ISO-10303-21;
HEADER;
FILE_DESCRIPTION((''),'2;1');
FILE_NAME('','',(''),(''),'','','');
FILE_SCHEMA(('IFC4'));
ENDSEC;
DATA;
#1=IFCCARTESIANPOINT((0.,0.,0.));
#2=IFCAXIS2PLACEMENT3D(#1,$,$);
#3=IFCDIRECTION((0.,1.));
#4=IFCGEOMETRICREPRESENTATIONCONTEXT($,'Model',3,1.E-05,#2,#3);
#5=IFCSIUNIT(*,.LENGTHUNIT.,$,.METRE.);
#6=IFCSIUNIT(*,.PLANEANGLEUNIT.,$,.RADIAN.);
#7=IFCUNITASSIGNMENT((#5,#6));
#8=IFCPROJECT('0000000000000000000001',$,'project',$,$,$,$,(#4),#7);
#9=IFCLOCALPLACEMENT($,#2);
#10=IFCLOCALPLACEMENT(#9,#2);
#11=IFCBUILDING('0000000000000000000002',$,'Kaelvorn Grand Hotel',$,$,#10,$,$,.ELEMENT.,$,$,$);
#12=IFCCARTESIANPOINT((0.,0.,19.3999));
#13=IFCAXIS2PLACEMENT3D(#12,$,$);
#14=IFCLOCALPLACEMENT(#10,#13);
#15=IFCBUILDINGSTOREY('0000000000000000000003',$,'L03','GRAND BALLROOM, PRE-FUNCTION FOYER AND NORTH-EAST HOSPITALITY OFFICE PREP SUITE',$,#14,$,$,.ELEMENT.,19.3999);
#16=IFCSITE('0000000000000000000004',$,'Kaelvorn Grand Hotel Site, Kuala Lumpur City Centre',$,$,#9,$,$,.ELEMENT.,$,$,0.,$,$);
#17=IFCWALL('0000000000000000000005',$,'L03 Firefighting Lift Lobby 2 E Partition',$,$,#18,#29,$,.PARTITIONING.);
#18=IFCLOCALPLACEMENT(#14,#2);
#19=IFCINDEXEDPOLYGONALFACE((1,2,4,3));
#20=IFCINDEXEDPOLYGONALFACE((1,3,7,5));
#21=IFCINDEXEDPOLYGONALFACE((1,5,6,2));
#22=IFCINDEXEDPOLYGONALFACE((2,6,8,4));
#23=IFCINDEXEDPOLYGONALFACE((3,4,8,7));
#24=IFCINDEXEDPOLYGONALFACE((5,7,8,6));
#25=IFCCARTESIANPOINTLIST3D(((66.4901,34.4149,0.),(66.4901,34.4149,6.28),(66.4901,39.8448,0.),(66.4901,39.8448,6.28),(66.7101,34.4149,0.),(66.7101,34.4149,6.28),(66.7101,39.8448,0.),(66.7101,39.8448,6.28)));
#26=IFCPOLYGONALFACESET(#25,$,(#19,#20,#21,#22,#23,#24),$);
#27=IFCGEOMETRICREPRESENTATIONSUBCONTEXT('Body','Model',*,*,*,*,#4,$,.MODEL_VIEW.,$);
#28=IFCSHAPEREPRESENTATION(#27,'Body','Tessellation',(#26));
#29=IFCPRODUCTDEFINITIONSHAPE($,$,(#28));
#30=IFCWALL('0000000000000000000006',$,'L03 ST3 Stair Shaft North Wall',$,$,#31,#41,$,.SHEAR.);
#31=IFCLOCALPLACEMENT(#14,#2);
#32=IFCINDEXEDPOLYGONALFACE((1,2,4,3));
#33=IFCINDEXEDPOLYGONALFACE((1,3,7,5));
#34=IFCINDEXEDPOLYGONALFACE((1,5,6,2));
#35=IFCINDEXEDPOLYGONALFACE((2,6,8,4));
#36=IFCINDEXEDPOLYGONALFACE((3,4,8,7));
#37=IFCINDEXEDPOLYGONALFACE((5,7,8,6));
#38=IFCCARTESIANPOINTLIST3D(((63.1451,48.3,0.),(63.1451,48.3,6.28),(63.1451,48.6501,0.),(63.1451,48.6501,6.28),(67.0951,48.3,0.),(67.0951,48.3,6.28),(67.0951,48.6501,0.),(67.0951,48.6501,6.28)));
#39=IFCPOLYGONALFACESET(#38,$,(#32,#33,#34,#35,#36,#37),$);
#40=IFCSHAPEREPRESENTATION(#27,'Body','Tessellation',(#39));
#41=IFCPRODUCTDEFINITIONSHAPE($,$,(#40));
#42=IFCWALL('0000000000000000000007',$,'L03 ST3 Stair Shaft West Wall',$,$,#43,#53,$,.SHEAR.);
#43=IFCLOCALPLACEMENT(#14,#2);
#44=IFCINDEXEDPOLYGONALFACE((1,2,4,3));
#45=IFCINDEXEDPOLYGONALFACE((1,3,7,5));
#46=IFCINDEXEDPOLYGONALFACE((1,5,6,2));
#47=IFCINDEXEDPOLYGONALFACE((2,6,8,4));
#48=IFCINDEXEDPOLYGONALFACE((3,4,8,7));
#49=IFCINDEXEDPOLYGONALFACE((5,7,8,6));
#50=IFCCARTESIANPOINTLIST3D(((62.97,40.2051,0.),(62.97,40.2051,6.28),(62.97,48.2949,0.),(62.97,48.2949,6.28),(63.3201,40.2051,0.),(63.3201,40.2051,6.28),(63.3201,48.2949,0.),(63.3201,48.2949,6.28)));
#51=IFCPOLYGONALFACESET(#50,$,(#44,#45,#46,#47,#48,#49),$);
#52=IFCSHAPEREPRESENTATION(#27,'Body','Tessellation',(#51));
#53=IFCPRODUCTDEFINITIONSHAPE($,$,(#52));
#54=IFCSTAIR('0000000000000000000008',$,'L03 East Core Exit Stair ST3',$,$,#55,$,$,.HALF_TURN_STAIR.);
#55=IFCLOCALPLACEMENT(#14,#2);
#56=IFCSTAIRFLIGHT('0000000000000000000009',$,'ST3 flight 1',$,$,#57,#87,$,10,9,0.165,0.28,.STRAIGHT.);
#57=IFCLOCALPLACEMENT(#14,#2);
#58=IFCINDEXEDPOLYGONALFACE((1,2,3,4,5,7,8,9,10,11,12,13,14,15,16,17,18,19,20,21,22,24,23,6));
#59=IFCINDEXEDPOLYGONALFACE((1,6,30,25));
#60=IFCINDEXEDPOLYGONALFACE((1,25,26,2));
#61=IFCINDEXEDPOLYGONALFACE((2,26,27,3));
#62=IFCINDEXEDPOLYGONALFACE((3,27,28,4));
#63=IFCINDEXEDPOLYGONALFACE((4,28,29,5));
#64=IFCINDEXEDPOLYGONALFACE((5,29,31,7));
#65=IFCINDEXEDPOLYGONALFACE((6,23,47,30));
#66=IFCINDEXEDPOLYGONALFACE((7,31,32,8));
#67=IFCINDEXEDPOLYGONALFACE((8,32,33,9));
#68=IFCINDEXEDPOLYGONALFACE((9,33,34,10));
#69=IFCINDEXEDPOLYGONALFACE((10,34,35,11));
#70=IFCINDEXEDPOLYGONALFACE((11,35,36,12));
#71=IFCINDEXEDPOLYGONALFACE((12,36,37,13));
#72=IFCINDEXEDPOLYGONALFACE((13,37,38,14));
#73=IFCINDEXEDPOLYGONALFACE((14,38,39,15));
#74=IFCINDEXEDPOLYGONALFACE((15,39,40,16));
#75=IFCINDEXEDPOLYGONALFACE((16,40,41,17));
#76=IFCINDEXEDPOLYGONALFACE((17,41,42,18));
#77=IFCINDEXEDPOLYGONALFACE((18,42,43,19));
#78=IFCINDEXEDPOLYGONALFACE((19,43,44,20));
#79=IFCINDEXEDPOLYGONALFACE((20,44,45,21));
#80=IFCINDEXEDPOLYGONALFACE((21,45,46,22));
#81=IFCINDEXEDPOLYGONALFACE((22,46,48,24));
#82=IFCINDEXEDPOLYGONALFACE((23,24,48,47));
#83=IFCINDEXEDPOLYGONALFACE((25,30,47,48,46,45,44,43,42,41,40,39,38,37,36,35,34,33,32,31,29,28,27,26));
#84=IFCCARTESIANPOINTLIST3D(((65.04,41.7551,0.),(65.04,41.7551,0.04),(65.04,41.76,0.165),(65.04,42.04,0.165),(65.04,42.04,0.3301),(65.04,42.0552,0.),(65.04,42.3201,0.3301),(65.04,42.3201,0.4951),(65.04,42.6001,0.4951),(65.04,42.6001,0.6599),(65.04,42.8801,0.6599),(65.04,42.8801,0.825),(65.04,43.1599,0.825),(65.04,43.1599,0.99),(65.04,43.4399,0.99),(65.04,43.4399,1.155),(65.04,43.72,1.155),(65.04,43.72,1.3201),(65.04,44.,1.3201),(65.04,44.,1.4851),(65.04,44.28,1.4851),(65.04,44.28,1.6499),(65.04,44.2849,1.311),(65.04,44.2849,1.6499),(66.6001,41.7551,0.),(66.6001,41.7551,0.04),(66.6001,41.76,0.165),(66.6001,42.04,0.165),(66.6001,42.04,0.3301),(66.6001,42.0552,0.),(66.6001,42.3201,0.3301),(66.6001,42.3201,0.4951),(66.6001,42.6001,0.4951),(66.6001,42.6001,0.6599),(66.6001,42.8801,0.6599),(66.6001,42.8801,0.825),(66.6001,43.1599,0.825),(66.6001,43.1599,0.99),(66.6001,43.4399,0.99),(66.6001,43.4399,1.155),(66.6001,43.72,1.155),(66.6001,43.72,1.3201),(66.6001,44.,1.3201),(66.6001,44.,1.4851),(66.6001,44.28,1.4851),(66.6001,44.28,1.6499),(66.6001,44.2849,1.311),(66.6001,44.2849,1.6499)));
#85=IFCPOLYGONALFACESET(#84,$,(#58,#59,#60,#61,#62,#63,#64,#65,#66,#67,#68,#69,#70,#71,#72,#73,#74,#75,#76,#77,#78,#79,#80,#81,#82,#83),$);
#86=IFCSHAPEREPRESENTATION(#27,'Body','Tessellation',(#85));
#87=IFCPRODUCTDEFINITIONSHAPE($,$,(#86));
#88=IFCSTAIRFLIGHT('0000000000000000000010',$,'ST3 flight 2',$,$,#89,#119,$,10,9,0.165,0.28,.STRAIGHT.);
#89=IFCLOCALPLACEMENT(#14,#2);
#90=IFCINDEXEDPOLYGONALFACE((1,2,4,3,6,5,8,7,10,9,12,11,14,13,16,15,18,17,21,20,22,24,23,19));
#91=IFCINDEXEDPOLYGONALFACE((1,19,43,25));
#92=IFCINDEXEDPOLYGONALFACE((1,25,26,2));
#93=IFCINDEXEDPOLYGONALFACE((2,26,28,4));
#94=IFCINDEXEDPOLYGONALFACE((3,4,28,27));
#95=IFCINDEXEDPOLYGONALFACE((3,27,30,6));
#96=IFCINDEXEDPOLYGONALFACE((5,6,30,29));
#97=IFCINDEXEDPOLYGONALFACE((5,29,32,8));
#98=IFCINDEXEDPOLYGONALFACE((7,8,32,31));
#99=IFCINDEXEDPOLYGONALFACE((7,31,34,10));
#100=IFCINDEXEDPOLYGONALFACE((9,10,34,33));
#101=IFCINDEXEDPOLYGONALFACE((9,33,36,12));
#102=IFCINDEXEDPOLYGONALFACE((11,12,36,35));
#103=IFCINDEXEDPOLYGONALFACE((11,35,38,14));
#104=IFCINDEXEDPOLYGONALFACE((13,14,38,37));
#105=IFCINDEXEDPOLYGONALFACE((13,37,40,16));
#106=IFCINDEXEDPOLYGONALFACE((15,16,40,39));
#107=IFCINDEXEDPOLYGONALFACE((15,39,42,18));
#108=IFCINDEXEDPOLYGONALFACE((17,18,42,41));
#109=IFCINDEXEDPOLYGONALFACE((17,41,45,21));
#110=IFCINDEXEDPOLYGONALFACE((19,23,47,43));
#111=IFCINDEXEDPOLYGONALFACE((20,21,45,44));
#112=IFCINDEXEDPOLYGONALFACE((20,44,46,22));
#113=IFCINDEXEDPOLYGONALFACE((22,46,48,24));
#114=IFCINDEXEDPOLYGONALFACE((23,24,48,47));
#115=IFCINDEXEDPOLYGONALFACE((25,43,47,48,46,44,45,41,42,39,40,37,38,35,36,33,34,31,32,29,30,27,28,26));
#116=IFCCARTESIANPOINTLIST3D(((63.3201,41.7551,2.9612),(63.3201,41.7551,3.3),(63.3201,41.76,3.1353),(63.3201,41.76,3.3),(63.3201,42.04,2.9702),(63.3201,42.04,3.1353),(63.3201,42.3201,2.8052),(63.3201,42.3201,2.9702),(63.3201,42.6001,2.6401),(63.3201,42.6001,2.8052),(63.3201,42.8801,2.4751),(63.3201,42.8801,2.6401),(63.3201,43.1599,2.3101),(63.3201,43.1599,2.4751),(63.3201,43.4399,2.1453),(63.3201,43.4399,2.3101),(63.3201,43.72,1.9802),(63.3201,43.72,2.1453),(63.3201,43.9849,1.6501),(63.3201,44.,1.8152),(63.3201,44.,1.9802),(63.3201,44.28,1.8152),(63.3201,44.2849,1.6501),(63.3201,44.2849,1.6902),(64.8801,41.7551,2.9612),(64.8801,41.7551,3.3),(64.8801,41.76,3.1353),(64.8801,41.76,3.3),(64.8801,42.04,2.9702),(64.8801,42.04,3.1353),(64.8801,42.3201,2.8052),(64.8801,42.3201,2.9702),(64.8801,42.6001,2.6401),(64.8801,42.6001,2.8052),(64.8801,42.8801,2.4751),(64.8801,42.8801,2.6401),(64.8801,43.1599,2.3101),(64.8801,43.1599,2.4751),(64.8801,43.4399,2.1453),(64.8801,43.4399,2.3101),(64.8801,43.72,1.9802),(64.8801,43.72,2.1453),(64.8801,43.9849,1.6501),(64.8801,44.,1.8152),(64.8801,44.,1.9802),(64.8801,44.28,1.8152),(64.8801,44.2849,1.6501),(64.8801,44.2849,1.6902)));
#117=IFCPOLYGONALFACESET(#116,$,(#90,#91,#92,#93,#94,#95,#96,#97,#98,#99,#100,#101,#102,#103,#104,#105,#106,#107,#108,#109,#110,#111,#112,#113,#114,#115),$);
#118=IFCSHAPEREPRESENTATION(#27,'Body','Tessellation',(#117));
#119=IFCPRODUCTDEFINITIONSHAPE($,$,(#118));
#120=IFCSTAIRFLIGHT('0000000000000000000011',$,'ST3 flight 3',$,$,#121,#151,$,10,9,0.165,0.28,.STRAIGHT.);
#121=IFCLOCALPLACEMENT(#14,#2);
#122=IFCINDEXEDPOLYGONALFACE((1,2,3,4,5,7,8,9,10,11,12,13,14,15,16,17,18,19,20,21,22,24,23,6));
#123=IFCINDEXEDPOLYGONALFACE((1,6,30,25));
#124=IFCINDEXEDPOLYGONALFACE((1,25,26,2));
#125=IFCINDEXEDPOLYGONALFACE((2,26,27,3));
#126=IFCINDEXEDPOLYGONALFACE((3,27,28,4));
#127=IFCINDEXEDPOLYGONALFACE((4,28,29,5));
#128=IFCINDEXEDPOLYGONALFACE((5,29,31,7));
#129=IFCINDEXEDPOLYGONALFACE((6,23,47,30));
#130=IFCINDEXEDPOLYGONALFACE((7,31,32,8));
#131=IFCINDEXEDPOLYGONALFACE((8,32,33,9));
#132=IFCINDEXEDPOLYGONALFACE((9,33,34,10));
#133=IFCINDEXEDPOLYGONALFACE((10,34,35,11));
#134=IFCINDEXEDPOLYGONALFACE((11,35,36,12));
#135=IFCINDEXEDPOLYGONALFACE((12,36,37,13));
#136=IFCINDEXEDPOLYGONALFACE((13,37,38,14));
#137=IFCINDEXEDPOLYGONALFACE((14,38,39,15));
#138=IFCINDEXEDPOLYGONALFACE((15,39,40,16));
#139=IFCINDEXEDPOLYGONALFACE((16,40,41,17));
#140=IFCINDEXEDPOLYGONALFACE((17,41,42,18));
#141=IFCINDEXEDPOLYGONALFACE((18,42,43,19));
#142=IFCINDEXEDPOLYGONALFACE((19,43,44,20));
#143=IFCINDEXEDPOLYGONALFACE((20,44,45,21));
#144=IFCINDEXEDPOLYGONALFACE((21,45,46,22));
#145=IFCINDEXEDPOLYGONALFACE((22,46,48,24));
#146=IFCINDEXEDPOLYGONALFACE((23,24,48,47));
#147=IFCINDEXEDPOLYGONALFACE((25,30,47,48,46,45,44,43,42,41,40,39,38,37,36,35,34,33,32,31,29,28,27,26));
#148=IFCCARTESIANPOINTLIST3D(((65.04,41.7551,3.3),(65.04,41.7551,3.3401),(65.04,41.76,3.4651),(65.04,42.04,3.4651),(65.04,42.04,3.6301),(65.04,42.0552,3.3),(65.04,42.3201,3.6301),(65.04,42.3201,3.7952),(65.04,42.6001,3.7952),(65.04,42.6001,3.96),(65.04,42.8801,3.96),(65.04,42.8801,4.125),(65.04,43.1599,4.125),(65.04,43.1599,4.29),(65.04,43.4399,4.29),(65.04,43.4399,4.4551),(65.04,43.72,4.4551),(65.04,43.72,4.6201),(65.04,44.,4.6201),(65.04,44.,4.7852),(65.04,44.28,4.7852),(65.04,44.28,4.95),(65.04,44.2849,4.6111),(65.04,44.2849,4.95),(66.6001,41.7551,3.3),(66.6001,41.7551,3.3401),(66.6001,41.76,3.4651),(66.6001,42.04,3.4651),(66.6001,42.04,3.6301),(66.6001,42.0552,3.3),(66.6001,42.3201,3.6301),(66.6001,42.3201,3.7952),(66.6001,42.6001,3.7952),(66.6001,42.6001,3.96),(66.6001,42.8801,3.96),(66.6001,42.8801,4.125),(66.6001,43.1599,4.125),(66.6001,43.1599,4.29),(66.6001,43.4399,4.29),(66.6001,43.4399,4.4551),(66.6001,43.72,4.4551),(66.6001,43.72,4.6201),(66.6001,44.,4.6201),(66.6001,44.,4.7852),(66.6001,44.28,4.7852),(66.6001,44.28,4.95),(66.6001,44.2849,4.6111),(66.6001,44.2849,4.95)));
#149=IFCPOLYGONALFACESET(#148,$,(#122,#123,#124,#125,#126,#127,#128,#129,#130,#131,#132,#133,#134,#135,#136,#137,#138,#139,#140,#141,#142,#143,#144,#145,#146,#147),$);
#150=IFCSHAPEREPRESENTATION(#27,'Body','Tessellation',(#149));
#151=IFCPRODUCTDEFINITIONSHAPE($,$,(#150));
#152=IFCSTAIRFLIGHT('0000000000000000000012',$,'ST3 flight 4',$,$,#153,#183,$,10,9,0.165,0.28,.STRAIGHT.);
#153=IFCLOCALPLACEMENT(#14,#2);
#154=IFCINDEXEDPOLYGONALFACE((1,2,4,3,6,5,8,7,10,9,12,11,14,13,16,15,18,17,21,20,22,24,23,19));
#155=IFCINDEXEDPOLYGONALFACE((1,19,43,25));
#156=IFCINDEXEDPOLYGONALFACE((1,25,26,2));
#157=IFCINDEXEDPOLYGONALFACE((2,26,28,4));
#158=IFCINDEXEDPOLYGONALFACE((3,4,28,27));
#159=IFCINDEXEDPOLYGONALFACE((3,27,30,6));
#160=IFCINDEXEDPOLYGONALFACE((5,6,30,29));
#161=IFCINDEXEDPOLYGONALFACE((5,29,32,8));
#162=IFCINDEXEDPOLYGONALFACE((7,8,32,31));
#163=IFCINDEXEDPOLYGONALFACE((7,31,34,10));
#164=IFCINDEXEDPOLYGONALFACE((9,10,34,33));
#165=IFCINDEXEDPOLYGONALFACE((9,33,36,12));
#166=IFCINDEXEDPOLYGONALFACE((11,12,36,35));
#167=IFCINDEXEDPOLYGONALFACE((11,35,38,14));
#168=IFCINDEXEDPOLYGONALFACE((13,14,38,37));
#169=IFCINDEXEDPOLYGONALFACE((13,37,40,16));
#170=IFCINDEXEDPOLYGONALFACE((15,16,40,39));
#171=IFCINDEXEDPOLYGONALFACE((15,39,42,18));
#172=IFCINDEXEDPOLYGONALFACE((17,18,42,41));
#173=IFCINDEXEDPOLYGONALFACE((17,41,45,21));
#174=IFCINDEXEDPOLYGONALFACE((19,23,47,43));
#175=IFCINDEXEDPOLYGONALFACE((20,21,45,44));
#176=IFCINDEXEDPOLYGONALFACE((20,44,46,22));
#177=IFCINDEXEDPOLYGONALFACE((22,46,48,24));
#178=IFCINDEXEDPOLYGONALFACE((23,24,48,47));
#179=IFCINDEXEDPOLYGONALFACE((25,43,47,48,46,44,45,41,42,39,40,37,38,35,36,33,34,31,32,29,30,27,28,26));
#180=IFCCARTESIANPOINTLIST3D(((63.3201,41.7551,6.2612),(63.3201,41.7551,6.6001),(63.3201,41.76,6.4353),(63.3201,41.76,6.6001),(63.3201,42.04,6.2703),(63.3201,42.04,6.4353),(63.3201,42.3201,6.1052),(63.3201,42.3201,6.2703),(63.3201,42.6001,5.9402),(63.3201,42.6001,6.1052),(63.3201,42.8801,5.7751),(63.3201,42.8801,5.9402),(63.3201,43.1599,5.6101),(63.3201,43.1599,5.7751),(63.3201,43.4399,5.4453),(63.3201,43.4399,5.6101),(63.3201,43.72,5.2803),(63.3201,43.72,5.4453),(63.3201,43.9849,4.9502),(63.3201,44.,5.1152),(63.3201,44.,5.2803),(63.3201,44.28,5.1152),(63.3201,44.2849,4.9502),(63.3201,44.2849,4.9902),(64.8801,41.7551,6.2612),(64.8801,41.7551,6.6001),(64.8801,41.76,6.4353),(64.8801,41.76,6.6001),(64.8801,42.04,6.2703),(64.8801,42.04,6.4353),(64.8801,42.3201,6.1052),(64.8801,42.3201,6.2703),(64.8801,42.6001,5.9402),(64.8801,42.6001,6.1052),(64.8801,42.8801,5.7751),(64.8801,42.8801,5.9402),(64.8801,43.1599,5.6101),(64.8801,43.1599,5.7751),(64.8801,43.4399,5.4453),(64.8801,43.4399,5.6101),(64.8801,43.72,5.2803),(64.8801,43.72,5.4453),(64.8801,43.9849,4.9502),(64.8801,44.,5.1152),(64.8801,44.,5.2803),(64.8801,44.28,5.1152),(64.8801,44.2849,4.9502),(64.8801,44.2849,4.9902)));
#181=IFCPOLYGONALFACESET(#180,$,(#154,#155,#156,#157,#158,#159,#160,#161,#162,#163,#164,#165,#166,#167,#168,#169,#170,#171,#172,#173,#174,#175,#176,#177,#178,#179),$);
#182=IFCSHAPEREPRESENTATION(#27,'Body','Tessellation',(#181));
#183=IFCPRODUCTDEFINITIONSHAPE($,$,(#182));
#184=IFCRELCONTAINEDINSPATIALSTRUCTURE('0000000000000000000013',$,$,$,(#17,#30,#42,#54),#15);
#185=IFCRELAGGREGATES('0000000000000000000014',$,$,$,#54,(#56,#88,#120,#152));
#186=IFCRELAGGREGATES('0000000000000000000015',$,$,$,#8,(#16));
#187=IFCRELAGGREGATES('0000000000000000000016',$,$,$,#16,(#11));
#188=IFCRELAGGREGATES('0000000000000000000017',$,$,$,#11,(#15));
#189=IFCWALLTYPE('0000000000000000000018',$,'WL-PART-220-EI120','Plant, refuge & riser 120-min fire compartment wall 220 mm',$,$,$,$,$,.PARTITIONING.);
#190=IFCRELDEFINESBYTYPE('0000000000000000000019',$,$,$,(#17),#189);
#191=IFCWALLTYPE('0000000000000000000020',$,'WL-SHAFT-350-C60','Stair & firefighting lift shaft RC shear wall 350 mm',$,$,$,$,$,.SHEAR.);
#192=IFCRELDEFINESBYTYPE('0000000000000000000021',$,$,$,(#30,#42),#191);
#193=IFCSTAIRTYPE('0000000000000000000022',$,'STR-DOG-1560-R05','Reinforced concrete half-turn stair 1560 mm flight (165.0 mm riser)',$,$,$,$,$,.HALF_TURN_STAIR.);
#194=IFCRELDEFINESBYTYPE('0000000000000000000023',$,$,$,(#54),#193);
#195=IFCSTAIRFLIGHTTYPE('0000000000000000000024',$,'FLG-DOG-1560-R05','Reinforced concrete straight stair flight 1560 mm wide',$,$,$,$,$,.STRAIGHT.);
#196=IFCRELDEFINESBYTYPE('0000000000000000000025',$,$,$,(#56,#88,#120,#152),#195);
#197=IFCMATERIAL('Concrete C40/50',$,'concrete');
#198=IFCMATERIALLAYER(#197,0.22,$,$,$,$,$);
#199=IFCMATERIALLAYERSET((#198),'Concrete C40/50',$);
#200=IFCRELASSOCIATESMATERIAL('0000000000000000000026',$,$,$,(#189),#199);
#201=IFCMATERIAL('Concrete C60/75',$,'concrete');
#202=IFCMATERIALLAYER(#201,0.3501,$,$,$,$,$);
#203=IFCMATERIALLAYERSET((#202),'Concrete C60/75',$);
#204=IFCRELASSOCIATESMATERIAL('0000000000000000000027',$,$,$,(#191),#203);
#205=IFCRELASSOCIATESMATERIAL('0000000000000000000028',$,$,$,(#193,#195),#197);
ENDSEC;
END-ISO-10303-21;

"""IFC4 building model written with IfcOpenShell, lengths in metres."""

from ifc_helpers import new_model, si_unit, direction, frame, frame_2d, origin, place, context, subcontext, project, spatial, polyline, rectangle, outline, extrude, material, layer, layer_set, type_object, element, aggregate, save


model = new_model("IFC4")

# Units and contexts
model_context = context("Model", 3, precision=1e-05, world=origin(), true_north=direction((0.0, 1.0)))
body_context = subcontext(model_context, "Body", "Model", "MODEL_VIEW")
ifc_project = project(units=[si_unit("LENGTHUNIT", "METRE"), si_unit("PLANEANGLEUNIT", "RADIAN")], contexts=[model_context])

# Site, building, storey
site_placement = place(None, origin())
site = spatial("IfcSite", under=ifc_project, at=site_placement, Name="Kaelvorn Grand Hotel Site, Kuala Lumpur City Centre", CompositionType="ELEMENT", RefElevation=0.0)
building_placement = place(site_placement, origin())
building = spatial("IfcBuilding", under=site, at=building_placement, Name="Kaelvorn Grand Hotel", CompositionType="ELEMENT")
storey_placement = place(building_placement, frame((0.0, 0.0, 19.3999)))
storey = spatial("IfcBuildingStorey", under=building, at=storey_placement, Name="L03", Description="GRAND BALLROOM, PRE-FUNCTION FOYER AND NORTH-EAST HOSPITALITY OFFICE PREP SUITE", CompositionType="ELEMENT", Elevation=19.3999)

# Wall
ifc_material_1 = material(Name="Concrete C40/50", Category="concrete")
ifc_layer_1 = layer(ifc_material_1, 0.22)
ifc_layer_set_1 = layer_set([ifc_layer_1], Name="Concrete C40/50")
wall_type_1 = type_object("IfcWallType", Name="WL-PART-220-EI120", Description="Plant, refuge & riser 120-min fire compartment wall 220 mm", PredefinedType="PARTITIONING", material=ifc_layer_set_1)
wall_1_placement = place(storey_placement, frame((66.6001, 34.415, 0.0), z_axis=(0.0, 0.0, 1.0), x_axis=(0.0, 1.0, 0.0)))
element("IfcWall", 1, at=wall_1_placement, inside=storey, type_object=wall_type_1, Name="L03 Firefighting Lift Lobby 2 E Partition", PredefinedType="PARTITIONING", context=body_context, shape_type="SweptSolid", body=[
    extrude(rectangle(XDim=5.4299, YDim=0.22, at=frame_2d((2.7148, 0.0))), origin(), (0.0, 0.0, 1.0), 6.28),
])

# Shared definitions
ifc_material_2 = material(Name="Concrete C60/75", Category="concrete")
ifc_layer_2 = layer(ifc_material_2, 0.3501)
ifc_layer_set_2 = layer_set([ifc_layer_2], Name="Concrete C60/75")
wall_type_2 = type_object("IfcWallType", Name="WL-SHAFT-350-C60", Description="Stair & firefighting lift shaft RC shear wall 350 mm", PredefinedType="SHEAR", material=ifc_layer_set_2)

# Walls
wall_2_placement = place(storey_placement, frame((63.145, 48.4751, 0.0), z_axis=(0.0, 0.0, 1.0), x_axis=(1.0, 0.0, 0.0)))
element("IfcWall", 2, at=wall_2_placement, inside=storey, type_object=wall_type_2, Name="L03 ST3 Stair Shaft North Wall", PredefinedType="SHEAR", context=body_context, shape_type="SweptSolid", body=[
    extrude(rectangle(XDim=3.95, YDim=0.3501, at=frame_2d((1.9751, 0.0))), origin(), (0.0, 0.0, 1.0), 6.28),
])
wall_3_placement = place(storey_placement, frame((63.145, 40.2051, 0.0), z_axis=(0.0, 0.0, 1.0), x_axis=(0.0, 1.0, 0.0)))
element("IfcWall", 3, at=wall_3_placement, inside=storey, type_object=wall_type_2, Name="L03 ST3 Stair Shaft West Wall", PredefinedType="SHEAR", context=body_context, shape_type="SweptSolid", body=[
    extrude(rectangle(XDim=8.0898, YDim=0.3501, at=frame_2d((4.0449, 0.0))), origin(), (0.0, 0.0, 1.0), 6.28),
])

# Stair, stair flights
stair_type = type_object("IfcStairType", Name="STR-DOG-1560-R05", Description="Reinforced concrete half-turn stair 1560 mm flight (165.0 mm riser)", PredefinedType="HALF_TURN_STAIR", material=ifc_material_1)
stair_placement = place(storey_placement, origin())
stair = element("IfcStair", 4, at=stair_placement, inside=storey, type_object=stair_type, Name="L03 East Core Exit Stair ST3", PredefinedType="HALF_TURN_STAIR")
stair_flight_type = type_object("IfcStairFlightType", Name="FLG-DOG-1560-R05", Description="Reinforced concrete straight stair flight 1560 mm wide", PredefinedType="STRAIGHT", material=ifc_material_1)
stair_flight_1_placement = place(storey_placement, frame((65.8201, 41.76, 0.0), z_axis=(0.0, 0.0, 1.0), x_axis=(0.0, 1.0, 0.0)))
stair_flight_1 = element("IfcStairFlight", 5, at=stair_flight_1_placement, type_object=stair_flight_type, Name="ST3 flight 1", NumberOfRisers=10, NumberOfTreads=9, PredefinedType="STRAIGHT", RiserHeight=0.165, TreadLength=0.28, context=body_context, shape_type="SweptSolid", body=[
    extrude(outline(polyline([(-0.0049, 0.0), (-0.0049, 0.04), (0.0, 0.165), (0.28, 0.165), (0.28, 0.3301), (0.5601, 0.3301), (0.5601, 0.4951), (0.8401, 0.4951), (0.8401, 0.6599), (1.1201, 0.6599), (1.1201, 0.825), (1.3999, 0.825), (1.3999, 0.99), (1.6799, 0.99), (1.6799, 1.155), (1.96, 1.155), (1.96, 1.3201), (2.24, 1.3201), (2.24, 1.4851), (2.52, 1.4851), (2.52, 1.6499), (2.5249, 1.6499), (2.5249, 1.311), (0.2952, 0.0), (-0.0049, 0.0)])), frame((0.0, 0.78, 0.0), z_axis=(0.0, -1.0, 0.0), x_axis=(1.0, 0.0, 0.0)), (0.0, 0.0, 1.0), 1.5601),
])
stair_flight_2_placement = place(storey_placement, frame((64.1001, 44.28, 1.6501), z_axis=(0.0, 0.0, 1.0), x_axis=(0.0, -1.0, 0.0)))
stair_flight_2 = element("IfcStairFlight", 6, at=stair_flight_2_placement, type_object=stair_flight_type, Name="ST3 flight 2", NumberOfRisers=10, NumberOfTreads=9, PredefinedType="STRAIGHT", RiserHeight=0.165, TreadLength=0.28, context=body_context, shape_type="SweptSolid", body=[
    extrude(outline(polyline([(-0.0049, 0.0), (-0.0049, 0.04), (0.0, 0.165), (0.28, 0.165), (0.28, 0.3301), (0.5601, 0.3301), (0.5601, 0.4951), (0.8401, 0.4951), (0.8401, 0.6599), (1.1201, 0.6599), (1.1201, 0.825), (1.3999, 0.825), (1.3999, 0.99), (1.6799, 0.99), (1.6799, 1.155), (1.96, 1.155), (1.96, 1.3201), (2.24, 1.3201), (2.24, 1.4851), (2.52, 1.4851), (2.52, 1.6499), (2.5249, 1.6499), (2.5249, 1.311), (0.2952, 0.0), (-0.0049, 0.0)])), frame((0.0, 0.78, 0.0), z_axis=(0.0, -1.0, 0.0), x_axis=(1.0, 0.0, 0.0)), (0.0, 0.0, 1.0), 1.5601),
])
stair_flight_3_placement = place(storey_placement, frame((65.8201, 41.76, 3.3), z_axis=(0.0, 0.0, 1.0), x_axis=(0.0, 1.0, 0.0)))
stair_flight_3 = element("IfcStairFlight", 7, at=stair_flight_3_placement, type_object=stair_flight_type, Name="ST3 flight 3", NumberOfRisers=10, NumberOfTreads=9, PredefinedType="STRAIGHT", RiserHeight=0.165, TreadLength=0.28, context=body_context, shape_type="SweptSolid", body=[
    extrude(outline(polyline([(-0.0049, 0.0), (-0.0049, 0.04), (0.0, 0.165), (0.28, 0.165), (0.28, 0.3301), (0.5601, 0.3301), (0.5601, 0.4951), (0.8401, 0.4951), (0.8401, 0.6599), (1.1201, 0.6599), (1.1201, 0.825), (1.3999, 0.825), (1.3999, 0.99), (1.6799, 0.99), (1.6799, 1.155), (1.96, 1.155), (1.96, 1.3201), (2.24, 1.3201), (2.24, 1.4851), (2.52, 1.4851), (2.52, 1.6499), (2.5249, 1.6499), (2.5249, 1.311), (0.2952, 0.0), (-0.0049, 0.0)])), frame((0.0, 0.78, 0.0), z_axis=(0.0, -1.0, 0.0), x_axis=(1.0, 0.0, 0.0)), (0.0, 0.0, 1.0), 1.5601),
])
stair_flight_4_placement = place(storey_placement, frame((64.1001, 44.28, 4.9502), z_axis=(0.0, 0.0, 1.0), x_axis=(0.0, -1.0, 0.0)))
stair_flight_4 = element("IfcStairFlight", 8, at=stair_flight_4_placement, type_object=stair_flight_type, Name="ST3 flight 4", NumberOfRisers=10, NumberOfTreads=9, PredefinedType="STRAIGHT", RiserHeight=0.165, TreadLength=0.28, context=body_context, shape_type="SweptSolid", body=[
    extrude(outline(polyline([(-0.0049, 0.0), (-0.0049, 0.04), (0.0, 0.165), (0.28, 0.165), (0.28, 0.3301), (0.5601, 0.3301), (0.5601, 0.4951), (0.8401, 0.4951), (0.8401, 0.6599), (1.1201, 0.6599), (1.1201, 0.825), (1.3999, 0.825), (1.3999, 0.99), (1.6799, 0.99), (1.6799, 1.155), (1.96, 1.155), (1.96, 1.3201), (2.24, 1.3201), (2.24, 1.4851), (2.52, 1.4851), (2.52, 1.6499), (2.5249, 1.6499), (2.5249, 1.311), (0.2952, 0.0), (-0.0049, 0.0)])), frame((0.0, 0.78, 0.0), z_axis=(0.0, -1.0, 0.0), x_axis=(1.0, 0.0, 0.0)), (0.0, 0.0, 1.0), 1.5601),
])
aggregate(stair, [stair_flight_1, stair_flight_2, stair_flight_3, stair_flight_4])

save(model, "model.ifc")
